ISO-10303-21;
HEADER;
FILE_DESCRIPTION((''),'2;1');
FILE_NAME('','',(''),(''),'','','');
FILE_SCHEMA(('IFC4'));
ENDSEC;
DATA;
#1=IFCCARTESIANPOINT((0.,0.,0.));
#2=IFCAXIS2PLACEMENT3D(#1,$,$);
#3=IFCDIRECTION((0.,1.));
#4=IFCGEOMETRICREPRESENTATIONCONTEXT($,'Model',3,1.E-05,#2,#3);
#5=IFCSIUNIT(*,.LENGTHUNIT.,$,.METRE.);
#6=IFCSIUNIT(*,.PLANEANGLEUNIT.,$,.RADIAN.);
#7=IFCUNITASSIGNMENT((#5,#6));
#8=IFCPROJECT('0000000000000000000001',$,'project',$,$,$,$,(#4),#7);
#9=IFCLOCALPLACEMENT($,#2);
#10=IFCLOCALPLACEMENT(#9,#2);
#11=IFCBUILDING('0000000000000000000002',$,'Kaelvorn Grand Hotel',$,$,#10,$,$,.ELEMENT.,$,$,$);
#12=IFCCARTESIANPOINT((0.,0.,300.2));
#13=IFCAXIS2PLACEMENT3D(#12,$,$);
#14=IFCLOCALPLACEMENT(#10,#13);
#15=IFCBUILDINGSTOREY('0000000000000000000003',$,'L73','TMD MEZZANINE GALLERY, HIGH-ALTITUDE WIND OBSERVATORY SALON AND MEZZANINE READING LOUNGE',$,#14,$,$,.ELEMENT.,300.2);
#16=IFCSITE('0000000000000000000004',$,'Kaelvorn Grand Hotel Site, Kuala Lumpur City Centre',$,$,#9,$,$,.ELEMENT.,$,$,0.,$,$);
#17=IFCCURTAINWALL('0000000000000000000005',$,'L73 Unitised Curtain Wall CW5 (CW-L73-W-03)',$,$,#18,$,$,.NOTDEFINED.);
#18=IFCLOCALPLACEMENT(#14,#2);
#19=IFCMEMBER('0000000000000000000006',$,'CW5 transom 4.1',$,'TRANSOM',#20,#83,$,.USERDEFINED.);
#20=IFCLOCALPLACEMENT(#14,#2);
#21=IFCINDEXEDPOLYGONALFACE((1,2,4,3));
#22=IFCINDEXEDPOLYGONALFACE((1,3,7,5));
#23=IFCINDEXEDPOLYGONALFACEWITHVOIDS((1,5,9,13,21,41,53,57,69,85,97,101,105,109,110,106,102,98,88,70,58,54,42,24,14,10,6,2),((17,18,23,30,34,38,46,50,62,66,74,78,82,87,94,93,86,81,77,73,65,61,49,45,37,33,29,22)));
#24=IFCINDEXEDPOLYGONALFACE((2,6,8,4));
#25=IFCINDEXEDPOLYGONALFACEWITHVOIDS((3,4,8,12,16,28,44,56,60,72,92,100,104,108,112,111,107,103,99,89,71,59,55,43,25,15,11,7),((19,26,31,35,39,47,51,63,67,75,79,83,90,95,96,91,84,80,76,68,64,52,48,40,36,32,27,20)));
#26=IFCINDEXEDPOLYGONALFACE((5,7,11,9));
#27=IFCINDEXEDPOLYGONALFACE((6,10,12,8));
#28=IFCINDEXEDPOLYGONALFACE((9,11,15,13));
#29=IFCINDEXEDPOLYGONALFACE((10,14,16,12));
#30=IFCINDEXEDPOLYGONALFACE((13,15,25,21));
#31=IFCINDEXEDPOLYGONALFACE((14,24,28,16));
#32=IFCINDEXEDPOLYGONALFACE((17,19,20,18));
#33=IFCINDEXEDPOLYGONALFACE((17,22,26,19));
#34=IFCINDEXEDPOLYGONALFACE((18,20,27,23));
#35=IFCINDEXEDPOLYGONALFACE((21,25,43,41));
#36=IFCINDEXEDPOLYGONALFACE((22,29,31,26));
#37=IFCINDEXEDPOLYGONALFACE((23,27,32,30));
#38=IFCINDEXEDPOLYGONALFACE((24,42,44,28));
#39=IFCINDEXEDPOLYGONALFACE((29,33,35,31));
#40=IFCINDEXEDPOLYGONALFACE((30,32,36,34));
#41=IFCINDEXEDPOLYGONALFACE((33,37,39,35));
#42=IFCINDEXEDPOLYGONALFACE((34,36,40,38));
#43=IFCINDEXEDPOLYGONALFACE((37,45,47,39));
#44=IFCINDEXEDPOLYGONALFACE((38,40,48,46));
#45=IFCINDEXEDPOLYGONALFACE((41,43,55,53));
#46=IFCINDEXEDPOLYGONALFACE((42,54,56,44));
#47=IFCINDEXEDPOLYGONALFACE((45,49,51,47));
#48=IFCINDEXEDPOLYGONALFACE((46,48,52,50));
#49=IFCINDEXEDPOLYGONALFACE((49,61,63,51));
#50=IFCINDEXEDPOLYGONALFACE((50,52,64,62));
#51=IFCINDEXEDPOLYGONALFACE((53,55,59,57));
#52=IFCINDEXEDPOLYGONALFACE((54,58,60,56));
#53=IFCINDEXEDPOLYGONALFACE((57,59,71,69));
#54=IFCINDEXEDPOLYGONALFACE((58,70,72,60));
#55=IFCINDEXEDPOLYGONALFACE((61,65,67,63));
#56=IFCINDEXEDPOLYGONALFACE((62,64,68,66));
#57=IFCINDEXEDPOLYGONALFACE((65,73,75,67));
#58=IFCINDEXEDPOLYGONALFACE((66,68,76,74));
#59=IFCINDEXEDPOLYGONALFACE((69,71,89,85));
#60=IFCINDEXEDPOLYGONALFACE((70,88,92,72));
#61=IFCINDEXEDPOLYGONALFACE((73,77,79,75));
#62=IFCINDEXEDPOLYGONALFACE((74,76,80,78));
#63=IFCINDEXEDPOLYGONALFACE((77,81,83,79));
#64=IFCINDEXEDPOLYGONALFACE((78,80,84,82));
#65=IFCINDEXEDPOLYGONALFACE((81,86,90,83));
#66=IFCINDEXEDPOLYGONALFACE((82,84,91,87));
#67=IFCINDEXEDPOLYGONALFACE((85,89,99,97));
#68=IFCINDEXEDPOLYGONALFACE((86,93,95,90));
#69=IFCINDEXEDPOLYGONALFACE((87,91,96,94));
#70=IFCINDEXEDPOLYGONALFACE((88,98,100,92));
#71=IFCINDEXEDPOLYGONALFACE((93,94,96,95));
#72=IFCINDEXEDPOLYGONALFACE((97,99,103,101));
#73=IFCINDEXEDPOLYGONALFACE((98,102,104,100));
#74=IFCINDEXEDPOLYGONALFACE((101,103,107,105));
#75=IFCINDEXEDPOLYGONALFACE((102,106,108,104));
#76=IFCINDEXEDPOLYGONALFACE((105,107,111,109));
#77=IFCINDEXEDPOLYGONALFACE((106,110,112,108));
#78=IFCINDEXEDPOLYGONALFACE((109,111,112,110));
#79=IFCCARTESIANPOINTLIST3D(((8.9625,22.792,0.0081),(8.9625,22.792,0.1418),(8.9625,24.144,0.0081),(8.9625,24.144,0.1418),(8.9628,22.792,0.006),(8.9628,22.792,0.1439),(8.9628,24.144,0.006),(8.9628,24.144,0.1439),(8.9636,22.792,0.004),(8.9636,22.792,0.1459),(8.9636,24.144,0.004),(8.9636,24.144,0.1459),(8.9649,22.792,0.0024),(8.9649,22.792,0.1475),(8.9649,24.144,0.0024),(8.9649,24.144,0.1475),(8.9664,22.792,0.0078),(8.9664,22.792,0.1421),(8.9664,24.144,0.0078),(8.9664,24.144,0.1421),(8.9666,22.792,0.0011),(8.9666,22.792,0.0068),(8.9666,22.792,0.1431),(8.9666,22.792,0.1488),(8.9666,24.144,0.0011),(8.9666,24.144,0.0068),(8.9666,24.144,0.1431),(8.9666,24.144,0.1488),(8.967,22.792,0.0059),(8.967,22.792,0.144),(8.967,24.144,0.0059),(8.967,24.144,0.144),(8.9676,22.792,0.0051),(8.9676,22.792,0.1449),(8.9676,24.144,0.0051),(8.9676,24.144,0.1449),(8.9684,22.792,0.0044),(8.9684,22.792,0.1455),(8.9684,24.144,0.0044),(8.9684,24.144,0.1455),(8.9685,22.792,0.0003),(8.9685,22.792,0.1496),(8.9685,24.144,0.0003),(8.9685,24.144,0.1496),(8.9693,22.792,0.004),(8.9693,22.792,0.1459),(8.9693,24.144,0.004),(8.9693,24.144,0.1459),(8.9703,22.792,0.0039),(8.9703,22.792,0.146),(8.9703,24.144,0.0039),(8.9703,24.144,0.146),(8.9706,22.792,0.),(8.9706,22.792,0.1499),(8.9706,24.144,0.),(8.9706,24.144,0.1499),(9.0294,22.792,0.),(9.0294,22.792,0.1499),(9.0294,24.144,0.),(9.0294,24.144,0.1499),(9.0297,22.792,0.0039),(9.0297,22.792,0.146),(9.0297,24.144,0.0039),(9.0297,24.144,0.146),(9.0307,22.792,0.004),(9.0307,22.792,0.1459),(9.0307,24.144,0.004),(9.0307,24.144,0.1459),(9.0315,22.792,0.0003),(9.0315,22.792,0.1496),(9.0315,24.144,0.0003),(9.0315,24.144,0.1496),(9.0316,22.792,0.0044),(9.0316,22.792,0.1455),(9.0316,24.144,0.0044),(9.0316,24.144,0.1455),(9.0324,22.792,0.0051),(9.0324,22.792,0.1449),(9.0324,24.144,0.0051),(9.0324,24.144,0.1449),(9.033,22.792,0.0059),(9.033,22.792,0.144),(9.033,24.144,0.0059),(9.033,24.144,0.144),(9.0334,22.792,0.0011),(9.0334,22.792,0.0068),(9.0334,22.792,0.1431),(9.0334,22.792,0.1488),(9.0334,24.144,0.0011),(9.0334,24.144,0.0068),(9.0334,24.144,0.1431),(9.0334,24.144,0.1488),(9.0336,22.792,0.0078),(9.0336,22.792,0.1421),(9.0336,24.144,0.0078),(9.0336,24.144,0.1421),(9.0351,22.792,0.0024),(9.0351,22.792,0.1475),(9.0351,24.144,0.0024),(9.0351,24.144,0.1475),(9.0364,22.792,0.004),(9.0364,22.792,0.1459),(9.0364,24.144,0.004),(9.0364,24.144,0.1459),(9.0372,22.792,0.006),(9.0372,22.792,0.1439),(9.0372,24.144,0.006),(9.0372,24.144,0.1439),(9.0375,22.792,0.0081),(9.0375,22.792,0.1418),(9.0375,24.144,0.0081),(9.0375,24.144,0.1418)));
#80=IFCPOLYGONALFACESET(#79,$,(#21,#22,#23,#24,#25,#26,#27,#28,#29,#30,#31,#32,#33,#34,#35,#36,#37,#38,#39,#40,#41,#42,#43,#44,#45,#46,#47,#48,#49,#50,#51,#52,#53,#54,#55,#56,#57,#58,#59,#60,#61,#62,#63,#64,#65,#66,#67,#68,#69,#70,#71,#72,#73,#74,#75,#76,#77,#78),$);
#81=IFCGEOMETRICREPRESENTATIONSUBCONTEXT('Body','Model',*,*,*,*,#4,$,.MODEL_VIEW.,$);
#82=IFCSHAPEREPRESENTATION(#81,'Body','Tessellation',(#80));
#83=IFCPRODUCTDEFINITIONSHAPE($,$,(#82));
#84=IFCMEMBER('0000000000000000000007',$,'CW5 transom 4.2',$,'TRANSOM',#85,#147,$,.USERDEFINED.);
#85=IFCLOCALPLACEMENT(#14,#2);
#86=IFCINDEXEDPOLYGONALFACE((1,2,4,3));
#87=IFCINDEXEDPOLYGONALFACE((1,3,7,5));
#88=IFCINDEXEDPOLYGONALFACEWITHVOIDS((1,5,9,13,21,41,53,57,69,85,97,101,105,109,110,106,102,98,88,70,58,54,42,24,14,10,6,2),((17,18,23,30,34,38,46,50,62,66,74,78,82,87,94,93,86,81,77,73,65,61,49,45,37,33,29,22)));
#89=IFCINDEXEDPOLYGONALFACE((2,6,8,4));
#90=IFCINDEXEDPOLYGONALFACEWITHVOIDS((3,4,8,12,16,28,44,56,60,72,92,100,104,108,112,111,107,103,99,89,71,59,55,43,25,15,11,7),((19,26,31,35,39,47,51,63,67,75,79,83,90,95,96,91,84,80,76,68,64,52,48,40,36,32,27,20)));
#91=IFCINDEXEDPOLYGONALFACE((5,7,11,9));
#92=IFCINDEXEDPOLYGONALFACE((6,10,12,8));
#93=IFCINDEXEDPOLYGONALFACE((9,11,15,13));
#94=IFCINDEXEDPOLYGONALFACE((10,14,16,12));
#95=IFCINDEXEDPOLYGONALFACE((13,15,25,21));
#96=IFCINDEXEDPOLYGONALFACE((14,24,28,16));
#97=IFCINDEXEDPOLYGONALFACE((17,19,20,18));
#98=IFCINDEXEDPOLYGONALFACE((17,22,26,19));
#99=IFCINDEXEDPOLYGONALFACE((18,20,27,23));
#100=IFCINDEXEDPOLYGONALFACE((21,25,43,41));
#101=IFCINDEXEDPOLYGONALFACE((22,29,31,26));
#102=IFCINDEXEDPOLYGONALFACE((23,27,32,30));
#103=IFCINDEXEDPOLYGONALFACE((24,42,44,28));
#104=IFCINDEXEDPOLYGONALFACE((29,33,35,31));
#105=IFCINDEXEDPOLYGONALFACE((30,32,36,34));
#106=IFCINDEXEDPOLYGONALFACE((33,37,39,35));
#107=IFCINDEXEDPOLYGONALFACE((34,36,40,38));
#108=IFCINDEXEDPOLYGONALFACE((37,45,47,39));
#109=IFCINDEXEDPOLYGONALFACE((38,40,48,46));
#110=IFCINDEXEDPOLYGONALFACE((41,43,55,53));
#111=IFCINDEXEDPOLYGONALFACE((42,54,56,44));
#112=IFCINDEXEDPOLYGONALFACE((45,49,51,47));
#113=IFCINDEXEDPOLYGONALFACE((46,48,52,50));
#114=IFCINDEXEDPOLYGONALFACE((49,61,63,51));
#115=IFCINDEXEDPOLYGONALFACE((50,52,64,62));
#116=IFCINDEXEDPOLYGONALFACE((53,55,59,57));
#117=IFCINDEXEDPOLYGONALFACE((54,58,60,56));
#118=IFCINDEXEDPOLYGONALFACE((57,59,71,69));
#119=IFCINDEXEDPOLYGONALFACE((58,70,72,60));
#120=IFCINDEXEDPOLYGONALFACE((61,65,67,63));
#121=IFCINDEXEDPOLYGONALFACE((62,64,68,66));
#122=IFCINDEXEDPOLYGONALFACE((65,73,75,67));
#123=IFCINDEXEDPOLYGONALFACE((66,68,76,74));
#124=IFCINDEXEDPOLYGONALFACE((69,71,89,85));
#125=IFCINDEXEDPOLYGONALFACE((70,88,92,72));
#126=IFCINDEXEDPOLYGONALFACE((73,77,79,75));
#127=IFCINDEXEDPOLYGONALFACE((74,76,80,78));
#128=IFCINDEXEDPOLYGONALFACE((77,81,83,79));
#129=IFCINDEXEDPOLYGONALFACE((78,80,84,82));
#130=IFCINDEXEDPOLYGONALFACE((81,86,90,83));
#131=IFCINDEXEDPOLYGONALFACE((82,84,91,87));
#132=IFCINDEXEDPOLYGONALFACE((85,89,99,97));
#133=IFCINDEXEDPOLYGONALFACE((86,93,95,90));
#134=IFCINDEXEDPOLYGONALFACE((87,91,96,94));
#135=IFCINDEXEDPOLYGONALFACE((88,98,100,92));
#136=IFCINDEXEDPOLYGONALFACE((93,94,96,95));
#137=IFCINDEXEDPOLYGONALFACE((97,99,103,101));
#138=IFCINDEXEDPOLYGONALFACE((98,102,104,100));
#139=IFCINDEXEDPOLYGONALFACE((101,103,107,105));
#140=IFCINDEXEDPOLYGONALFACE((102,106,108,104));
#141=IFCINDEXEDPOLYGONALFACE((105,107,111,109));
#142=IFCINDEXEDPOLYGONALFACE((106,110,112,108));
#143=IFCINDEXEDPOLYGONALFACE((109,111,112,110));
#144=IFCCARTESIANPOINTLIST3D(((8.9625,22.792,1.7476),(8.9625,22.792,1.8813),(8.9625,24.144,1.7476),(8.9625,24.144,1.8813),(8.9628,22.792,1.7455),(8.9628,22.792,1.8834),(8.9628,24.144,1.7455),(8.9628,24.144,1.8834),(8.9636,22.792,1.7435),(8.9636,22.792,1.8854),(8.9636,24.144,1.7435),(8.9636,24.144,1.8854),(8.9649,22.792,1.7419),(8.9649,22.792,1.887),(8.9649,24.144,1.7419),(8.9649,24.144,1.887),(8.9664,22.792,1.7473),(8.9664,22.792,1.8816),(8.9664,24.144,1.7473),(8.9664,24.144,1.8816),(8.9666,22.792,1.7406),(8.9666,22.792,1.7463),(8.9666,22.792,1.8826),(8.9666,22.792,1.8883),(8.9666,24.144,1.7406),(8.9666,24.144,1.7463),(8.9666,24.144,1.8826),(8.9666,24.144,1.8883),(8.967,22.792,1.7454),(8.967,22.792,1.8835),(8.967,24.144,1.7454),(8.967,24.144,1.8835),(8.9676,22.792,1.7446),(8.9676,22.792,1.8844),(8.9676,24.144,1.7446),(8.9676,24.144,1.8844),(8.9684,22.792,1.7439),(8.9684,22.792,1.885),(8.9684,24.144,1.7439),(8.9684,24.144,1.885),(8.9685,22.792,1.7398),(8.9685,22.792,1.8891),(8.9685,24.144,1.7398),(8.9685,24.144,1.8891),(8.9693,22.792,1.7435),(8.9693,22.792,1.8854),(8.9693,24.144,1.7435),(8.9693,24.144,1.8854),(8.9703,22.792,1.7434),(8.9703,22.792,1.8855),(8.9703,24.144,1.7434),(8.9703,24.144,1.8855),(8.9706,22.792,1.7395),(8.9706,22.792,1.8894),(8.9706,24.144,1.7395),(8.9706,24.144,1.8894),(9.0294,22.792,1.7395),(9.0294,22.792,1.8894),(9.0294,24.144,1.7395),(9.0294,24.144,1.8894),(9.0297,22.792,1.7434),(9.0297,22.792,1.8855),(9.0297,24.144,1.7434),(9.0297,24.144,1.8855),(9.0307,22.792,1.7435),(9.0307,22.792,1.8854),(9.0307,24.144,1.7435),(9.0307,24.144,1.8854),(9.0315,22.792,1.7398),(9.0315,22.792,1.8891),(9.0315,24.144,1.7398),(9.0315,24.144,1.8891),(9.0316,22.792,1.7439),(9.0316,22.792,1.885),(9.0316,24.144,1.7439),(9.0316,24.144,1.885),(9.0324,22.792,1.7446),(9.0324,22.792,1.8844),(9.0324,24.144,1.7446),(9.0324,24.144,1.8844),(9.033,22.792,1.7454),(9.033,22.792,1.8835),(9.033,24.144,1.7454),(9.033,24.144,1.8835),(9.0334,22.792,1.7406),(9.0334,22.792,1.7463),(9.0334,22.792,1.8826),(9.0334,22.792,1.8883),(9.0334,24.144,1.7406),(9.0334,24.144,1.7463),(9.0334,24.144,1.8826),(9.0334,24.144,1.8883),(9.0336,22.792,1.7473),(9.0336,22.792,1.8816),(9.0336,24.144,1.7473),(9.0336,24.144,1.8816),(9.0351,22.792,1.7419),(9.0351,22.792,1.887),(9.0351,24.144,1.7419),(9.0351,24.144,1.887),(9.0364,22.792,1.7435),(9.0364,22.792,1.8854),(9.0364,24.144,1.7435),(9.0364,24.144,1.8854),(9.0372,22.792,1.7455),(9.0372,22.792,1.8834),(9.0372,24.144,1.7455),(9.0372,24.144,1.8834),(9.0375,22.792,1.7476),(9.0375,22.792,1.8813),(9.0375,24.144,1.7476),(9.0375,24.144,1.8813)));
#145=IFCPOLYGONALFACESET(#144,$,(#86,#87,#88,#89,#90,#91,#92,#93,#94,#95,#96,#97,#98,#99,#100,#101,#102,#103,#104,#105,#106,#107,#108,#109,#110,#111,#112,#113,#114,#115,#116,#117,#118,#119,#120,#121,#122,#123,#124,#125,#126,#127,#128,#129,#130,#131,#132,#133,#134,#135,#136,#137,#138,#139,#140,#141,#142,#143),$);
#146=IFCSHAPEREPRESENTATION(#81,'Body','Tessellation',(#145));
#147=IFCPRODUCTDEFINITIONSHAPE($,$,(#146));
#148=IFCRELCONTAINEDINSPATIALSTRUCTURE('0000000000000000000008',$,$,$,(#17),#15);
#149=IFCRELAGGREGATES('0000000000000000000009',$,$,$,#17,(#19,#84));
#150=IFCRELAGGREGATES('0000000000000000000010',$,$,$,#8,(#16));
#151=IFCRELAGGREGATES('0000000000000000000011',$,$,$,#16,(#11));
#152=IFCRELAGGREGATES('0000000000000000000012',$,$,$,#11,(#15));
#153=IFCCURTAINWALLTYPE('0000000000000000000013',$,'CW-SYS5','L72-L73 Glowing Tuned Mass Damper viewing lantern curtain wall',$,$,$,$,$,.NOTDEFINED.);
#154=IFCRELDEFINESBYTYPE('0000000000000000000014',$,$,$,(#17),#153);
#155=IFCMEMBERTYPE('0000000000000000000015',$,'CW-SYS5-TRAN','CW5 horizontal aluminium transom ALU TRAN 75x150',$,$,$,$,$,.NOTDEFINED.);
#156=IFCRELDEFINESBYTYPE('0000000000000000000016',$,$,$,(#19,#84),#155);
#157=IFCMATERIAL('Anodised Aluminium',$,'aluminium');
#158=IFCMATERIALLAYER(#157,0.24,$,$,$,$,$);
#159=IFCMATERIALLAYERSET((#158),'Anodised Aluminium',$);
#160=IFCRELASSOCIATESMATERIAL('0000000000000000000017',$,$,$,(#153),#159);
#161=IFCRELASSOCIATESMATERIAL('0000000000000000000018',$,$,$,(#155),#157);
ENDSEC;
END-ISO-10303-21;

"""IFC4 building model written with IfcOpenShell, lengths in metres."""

from ifc_helpers import new_model, si_unit, direction, frame, origin, origin_2d, place, context, subcontext, project, spatial, hollow_rectangle, extrude, material, layer, layer_set, material_profile, profile_set, type_object, element, aggregate, save


model = new_model("IFC4")

# Units and contexts
model_context = context("Model", 3, precision=1e-05, world=origin(), true_north=direction((0.0, 1.0)))
body_context = subcontext(model_context, "Body", "Model", "MODEL_VIEW")
ifc_project = project(units=[si_unit("LENGTHUNIT", "METRE"), si_unit("PLANEANGLEUNIT", "RADIAN")], contexts=[model_context])

# Site, building, storey
site_placement = place(None, origin())
site = spatial("IfcSite", under=ifc_project, at=site_placement, Name="Kaelvorn Grand Hotel Site, Kuala Lumpur City Centre", CompositionType="ELEMENT", RefElevation=0.0)
building_placement = place(site_placement, origin())
building = spatial("IfcBuilding", under=site, at=building_placement, Name="Kaelvorn Grand Hotel", CompositionType="ELEMENT")
storey_placement = place(building_placement, frame((0.0, 0.0, 300.2)))
storey = spatial("IfcBuildingStorey", under=building, at=storey_placement, Name="L73", Description="TMD MEZZANINE GALLERY, HIGH-ALTITUDE WIND OBSERVATORY SALON AND MEZZANINE READING LOUNGE", CompositionType="ELEMENT", Elevation=300.2)

# Curtain wall
ifc_material_1 = material(Name="Anodised Aluminium", Category="aluminium")
ifc_layer_1 = layer(ifc_material_1, 0.24)
ifc_layer_set_1 = layer_set([ifc_layer_1], Name="Anodised Aluminium")
curtain_wall_type = type_object("IfcCurtainWallType", Name="CW-SYS5", Description="L72-L73 Glowing Tuned Mass Damper viewing lantern curtain wall", PredefinedType="NOTDEFINED", material=ifc_layer_set_1)
curtain_wall_1_placement = place(storey_placement, origin())
curtain_wall_1 = element("IfcCurtainWall", 1, at=curtain_wall_1_placement, inside=storey, type_object=curtain_wall_type, Name="L73 Unitised Curtain Wall CW5 (CW-L73-W-03)", PredefinedType="NOTDEFINED")

# Members
ifc_material_profile_1 = material_profile(ifc_material_1, hollow_rectangle(XDim=0.075, YDim=0.1499, WallThickness=0.0039, InnerFilletRadius=0.0039, OuterFilletRadius=0.0081, at=origin_2d()), Name="ALU TRAN 75x150")
ifc_profile_set_1 = profile_set([ifc_material_profile_1], Name="Anodised Aluminium")
member_type_1 = type_object("IfcMemberType", Name="CW-SYS5-TRAN", Description="CW5 horizontal aluminium transom ALU TRAN 75x150", PredefinedType="NOTDEFINED", material=ifc_profile_set_1)
member_1_placement = place(storey_placement, frame((9.0, 24.144, 0.075), z_axis=(0.0, -1.0, 0.0), x_axis=(1.0, 0.0, 0.0)))
member_1 = element("IfcMember", 2, at=member_1_placement, type_object=member_type_1, Name="CW5 transom 4.1", ObjectType="TRANSOM", PredefinedType="USERDEFINED", context=body_context, shape_type="SweptSolid", body=[
    extrude(hollow_rectangle(XDim=0.075, YDim=0.1499, WallThickness=0.0039, InnerFilletRadius=0.0039, OuterFilletRadius=0.0081, at=origin_2d()), origin(), (0.0, 0.0, 1.0), 1.3521),
])
member_2_placement = place(storey_placement, frame((9.0, 24.144, 1.8145), z_axis=(0.0, -1.0, 0.0), x_axis=(1.0, 0.0, 0.0)))
member_2 = element("IfcMember", 3, at=member_2_placement, type_object=member_type_1, Name="CW5 transom 4.2", ObjectType="TRANSOM", PredefinedType="USERDEFINED", context=body_context, shape_type="SweptSolid", body=[
    extrude(hollow_rectangle(XDim=0.075, YDim=0.1499, WallThickness=0.0039, InnerFilletRadius=0.0039, OuterFilletRadius=0.0081, at=origin_2d()), origin(), (0.0, 0.0, 1.0), 1.3521),
])

aggregate(curtain_wall_1, [member_1, member_2])

save(model, "model.ifc")
